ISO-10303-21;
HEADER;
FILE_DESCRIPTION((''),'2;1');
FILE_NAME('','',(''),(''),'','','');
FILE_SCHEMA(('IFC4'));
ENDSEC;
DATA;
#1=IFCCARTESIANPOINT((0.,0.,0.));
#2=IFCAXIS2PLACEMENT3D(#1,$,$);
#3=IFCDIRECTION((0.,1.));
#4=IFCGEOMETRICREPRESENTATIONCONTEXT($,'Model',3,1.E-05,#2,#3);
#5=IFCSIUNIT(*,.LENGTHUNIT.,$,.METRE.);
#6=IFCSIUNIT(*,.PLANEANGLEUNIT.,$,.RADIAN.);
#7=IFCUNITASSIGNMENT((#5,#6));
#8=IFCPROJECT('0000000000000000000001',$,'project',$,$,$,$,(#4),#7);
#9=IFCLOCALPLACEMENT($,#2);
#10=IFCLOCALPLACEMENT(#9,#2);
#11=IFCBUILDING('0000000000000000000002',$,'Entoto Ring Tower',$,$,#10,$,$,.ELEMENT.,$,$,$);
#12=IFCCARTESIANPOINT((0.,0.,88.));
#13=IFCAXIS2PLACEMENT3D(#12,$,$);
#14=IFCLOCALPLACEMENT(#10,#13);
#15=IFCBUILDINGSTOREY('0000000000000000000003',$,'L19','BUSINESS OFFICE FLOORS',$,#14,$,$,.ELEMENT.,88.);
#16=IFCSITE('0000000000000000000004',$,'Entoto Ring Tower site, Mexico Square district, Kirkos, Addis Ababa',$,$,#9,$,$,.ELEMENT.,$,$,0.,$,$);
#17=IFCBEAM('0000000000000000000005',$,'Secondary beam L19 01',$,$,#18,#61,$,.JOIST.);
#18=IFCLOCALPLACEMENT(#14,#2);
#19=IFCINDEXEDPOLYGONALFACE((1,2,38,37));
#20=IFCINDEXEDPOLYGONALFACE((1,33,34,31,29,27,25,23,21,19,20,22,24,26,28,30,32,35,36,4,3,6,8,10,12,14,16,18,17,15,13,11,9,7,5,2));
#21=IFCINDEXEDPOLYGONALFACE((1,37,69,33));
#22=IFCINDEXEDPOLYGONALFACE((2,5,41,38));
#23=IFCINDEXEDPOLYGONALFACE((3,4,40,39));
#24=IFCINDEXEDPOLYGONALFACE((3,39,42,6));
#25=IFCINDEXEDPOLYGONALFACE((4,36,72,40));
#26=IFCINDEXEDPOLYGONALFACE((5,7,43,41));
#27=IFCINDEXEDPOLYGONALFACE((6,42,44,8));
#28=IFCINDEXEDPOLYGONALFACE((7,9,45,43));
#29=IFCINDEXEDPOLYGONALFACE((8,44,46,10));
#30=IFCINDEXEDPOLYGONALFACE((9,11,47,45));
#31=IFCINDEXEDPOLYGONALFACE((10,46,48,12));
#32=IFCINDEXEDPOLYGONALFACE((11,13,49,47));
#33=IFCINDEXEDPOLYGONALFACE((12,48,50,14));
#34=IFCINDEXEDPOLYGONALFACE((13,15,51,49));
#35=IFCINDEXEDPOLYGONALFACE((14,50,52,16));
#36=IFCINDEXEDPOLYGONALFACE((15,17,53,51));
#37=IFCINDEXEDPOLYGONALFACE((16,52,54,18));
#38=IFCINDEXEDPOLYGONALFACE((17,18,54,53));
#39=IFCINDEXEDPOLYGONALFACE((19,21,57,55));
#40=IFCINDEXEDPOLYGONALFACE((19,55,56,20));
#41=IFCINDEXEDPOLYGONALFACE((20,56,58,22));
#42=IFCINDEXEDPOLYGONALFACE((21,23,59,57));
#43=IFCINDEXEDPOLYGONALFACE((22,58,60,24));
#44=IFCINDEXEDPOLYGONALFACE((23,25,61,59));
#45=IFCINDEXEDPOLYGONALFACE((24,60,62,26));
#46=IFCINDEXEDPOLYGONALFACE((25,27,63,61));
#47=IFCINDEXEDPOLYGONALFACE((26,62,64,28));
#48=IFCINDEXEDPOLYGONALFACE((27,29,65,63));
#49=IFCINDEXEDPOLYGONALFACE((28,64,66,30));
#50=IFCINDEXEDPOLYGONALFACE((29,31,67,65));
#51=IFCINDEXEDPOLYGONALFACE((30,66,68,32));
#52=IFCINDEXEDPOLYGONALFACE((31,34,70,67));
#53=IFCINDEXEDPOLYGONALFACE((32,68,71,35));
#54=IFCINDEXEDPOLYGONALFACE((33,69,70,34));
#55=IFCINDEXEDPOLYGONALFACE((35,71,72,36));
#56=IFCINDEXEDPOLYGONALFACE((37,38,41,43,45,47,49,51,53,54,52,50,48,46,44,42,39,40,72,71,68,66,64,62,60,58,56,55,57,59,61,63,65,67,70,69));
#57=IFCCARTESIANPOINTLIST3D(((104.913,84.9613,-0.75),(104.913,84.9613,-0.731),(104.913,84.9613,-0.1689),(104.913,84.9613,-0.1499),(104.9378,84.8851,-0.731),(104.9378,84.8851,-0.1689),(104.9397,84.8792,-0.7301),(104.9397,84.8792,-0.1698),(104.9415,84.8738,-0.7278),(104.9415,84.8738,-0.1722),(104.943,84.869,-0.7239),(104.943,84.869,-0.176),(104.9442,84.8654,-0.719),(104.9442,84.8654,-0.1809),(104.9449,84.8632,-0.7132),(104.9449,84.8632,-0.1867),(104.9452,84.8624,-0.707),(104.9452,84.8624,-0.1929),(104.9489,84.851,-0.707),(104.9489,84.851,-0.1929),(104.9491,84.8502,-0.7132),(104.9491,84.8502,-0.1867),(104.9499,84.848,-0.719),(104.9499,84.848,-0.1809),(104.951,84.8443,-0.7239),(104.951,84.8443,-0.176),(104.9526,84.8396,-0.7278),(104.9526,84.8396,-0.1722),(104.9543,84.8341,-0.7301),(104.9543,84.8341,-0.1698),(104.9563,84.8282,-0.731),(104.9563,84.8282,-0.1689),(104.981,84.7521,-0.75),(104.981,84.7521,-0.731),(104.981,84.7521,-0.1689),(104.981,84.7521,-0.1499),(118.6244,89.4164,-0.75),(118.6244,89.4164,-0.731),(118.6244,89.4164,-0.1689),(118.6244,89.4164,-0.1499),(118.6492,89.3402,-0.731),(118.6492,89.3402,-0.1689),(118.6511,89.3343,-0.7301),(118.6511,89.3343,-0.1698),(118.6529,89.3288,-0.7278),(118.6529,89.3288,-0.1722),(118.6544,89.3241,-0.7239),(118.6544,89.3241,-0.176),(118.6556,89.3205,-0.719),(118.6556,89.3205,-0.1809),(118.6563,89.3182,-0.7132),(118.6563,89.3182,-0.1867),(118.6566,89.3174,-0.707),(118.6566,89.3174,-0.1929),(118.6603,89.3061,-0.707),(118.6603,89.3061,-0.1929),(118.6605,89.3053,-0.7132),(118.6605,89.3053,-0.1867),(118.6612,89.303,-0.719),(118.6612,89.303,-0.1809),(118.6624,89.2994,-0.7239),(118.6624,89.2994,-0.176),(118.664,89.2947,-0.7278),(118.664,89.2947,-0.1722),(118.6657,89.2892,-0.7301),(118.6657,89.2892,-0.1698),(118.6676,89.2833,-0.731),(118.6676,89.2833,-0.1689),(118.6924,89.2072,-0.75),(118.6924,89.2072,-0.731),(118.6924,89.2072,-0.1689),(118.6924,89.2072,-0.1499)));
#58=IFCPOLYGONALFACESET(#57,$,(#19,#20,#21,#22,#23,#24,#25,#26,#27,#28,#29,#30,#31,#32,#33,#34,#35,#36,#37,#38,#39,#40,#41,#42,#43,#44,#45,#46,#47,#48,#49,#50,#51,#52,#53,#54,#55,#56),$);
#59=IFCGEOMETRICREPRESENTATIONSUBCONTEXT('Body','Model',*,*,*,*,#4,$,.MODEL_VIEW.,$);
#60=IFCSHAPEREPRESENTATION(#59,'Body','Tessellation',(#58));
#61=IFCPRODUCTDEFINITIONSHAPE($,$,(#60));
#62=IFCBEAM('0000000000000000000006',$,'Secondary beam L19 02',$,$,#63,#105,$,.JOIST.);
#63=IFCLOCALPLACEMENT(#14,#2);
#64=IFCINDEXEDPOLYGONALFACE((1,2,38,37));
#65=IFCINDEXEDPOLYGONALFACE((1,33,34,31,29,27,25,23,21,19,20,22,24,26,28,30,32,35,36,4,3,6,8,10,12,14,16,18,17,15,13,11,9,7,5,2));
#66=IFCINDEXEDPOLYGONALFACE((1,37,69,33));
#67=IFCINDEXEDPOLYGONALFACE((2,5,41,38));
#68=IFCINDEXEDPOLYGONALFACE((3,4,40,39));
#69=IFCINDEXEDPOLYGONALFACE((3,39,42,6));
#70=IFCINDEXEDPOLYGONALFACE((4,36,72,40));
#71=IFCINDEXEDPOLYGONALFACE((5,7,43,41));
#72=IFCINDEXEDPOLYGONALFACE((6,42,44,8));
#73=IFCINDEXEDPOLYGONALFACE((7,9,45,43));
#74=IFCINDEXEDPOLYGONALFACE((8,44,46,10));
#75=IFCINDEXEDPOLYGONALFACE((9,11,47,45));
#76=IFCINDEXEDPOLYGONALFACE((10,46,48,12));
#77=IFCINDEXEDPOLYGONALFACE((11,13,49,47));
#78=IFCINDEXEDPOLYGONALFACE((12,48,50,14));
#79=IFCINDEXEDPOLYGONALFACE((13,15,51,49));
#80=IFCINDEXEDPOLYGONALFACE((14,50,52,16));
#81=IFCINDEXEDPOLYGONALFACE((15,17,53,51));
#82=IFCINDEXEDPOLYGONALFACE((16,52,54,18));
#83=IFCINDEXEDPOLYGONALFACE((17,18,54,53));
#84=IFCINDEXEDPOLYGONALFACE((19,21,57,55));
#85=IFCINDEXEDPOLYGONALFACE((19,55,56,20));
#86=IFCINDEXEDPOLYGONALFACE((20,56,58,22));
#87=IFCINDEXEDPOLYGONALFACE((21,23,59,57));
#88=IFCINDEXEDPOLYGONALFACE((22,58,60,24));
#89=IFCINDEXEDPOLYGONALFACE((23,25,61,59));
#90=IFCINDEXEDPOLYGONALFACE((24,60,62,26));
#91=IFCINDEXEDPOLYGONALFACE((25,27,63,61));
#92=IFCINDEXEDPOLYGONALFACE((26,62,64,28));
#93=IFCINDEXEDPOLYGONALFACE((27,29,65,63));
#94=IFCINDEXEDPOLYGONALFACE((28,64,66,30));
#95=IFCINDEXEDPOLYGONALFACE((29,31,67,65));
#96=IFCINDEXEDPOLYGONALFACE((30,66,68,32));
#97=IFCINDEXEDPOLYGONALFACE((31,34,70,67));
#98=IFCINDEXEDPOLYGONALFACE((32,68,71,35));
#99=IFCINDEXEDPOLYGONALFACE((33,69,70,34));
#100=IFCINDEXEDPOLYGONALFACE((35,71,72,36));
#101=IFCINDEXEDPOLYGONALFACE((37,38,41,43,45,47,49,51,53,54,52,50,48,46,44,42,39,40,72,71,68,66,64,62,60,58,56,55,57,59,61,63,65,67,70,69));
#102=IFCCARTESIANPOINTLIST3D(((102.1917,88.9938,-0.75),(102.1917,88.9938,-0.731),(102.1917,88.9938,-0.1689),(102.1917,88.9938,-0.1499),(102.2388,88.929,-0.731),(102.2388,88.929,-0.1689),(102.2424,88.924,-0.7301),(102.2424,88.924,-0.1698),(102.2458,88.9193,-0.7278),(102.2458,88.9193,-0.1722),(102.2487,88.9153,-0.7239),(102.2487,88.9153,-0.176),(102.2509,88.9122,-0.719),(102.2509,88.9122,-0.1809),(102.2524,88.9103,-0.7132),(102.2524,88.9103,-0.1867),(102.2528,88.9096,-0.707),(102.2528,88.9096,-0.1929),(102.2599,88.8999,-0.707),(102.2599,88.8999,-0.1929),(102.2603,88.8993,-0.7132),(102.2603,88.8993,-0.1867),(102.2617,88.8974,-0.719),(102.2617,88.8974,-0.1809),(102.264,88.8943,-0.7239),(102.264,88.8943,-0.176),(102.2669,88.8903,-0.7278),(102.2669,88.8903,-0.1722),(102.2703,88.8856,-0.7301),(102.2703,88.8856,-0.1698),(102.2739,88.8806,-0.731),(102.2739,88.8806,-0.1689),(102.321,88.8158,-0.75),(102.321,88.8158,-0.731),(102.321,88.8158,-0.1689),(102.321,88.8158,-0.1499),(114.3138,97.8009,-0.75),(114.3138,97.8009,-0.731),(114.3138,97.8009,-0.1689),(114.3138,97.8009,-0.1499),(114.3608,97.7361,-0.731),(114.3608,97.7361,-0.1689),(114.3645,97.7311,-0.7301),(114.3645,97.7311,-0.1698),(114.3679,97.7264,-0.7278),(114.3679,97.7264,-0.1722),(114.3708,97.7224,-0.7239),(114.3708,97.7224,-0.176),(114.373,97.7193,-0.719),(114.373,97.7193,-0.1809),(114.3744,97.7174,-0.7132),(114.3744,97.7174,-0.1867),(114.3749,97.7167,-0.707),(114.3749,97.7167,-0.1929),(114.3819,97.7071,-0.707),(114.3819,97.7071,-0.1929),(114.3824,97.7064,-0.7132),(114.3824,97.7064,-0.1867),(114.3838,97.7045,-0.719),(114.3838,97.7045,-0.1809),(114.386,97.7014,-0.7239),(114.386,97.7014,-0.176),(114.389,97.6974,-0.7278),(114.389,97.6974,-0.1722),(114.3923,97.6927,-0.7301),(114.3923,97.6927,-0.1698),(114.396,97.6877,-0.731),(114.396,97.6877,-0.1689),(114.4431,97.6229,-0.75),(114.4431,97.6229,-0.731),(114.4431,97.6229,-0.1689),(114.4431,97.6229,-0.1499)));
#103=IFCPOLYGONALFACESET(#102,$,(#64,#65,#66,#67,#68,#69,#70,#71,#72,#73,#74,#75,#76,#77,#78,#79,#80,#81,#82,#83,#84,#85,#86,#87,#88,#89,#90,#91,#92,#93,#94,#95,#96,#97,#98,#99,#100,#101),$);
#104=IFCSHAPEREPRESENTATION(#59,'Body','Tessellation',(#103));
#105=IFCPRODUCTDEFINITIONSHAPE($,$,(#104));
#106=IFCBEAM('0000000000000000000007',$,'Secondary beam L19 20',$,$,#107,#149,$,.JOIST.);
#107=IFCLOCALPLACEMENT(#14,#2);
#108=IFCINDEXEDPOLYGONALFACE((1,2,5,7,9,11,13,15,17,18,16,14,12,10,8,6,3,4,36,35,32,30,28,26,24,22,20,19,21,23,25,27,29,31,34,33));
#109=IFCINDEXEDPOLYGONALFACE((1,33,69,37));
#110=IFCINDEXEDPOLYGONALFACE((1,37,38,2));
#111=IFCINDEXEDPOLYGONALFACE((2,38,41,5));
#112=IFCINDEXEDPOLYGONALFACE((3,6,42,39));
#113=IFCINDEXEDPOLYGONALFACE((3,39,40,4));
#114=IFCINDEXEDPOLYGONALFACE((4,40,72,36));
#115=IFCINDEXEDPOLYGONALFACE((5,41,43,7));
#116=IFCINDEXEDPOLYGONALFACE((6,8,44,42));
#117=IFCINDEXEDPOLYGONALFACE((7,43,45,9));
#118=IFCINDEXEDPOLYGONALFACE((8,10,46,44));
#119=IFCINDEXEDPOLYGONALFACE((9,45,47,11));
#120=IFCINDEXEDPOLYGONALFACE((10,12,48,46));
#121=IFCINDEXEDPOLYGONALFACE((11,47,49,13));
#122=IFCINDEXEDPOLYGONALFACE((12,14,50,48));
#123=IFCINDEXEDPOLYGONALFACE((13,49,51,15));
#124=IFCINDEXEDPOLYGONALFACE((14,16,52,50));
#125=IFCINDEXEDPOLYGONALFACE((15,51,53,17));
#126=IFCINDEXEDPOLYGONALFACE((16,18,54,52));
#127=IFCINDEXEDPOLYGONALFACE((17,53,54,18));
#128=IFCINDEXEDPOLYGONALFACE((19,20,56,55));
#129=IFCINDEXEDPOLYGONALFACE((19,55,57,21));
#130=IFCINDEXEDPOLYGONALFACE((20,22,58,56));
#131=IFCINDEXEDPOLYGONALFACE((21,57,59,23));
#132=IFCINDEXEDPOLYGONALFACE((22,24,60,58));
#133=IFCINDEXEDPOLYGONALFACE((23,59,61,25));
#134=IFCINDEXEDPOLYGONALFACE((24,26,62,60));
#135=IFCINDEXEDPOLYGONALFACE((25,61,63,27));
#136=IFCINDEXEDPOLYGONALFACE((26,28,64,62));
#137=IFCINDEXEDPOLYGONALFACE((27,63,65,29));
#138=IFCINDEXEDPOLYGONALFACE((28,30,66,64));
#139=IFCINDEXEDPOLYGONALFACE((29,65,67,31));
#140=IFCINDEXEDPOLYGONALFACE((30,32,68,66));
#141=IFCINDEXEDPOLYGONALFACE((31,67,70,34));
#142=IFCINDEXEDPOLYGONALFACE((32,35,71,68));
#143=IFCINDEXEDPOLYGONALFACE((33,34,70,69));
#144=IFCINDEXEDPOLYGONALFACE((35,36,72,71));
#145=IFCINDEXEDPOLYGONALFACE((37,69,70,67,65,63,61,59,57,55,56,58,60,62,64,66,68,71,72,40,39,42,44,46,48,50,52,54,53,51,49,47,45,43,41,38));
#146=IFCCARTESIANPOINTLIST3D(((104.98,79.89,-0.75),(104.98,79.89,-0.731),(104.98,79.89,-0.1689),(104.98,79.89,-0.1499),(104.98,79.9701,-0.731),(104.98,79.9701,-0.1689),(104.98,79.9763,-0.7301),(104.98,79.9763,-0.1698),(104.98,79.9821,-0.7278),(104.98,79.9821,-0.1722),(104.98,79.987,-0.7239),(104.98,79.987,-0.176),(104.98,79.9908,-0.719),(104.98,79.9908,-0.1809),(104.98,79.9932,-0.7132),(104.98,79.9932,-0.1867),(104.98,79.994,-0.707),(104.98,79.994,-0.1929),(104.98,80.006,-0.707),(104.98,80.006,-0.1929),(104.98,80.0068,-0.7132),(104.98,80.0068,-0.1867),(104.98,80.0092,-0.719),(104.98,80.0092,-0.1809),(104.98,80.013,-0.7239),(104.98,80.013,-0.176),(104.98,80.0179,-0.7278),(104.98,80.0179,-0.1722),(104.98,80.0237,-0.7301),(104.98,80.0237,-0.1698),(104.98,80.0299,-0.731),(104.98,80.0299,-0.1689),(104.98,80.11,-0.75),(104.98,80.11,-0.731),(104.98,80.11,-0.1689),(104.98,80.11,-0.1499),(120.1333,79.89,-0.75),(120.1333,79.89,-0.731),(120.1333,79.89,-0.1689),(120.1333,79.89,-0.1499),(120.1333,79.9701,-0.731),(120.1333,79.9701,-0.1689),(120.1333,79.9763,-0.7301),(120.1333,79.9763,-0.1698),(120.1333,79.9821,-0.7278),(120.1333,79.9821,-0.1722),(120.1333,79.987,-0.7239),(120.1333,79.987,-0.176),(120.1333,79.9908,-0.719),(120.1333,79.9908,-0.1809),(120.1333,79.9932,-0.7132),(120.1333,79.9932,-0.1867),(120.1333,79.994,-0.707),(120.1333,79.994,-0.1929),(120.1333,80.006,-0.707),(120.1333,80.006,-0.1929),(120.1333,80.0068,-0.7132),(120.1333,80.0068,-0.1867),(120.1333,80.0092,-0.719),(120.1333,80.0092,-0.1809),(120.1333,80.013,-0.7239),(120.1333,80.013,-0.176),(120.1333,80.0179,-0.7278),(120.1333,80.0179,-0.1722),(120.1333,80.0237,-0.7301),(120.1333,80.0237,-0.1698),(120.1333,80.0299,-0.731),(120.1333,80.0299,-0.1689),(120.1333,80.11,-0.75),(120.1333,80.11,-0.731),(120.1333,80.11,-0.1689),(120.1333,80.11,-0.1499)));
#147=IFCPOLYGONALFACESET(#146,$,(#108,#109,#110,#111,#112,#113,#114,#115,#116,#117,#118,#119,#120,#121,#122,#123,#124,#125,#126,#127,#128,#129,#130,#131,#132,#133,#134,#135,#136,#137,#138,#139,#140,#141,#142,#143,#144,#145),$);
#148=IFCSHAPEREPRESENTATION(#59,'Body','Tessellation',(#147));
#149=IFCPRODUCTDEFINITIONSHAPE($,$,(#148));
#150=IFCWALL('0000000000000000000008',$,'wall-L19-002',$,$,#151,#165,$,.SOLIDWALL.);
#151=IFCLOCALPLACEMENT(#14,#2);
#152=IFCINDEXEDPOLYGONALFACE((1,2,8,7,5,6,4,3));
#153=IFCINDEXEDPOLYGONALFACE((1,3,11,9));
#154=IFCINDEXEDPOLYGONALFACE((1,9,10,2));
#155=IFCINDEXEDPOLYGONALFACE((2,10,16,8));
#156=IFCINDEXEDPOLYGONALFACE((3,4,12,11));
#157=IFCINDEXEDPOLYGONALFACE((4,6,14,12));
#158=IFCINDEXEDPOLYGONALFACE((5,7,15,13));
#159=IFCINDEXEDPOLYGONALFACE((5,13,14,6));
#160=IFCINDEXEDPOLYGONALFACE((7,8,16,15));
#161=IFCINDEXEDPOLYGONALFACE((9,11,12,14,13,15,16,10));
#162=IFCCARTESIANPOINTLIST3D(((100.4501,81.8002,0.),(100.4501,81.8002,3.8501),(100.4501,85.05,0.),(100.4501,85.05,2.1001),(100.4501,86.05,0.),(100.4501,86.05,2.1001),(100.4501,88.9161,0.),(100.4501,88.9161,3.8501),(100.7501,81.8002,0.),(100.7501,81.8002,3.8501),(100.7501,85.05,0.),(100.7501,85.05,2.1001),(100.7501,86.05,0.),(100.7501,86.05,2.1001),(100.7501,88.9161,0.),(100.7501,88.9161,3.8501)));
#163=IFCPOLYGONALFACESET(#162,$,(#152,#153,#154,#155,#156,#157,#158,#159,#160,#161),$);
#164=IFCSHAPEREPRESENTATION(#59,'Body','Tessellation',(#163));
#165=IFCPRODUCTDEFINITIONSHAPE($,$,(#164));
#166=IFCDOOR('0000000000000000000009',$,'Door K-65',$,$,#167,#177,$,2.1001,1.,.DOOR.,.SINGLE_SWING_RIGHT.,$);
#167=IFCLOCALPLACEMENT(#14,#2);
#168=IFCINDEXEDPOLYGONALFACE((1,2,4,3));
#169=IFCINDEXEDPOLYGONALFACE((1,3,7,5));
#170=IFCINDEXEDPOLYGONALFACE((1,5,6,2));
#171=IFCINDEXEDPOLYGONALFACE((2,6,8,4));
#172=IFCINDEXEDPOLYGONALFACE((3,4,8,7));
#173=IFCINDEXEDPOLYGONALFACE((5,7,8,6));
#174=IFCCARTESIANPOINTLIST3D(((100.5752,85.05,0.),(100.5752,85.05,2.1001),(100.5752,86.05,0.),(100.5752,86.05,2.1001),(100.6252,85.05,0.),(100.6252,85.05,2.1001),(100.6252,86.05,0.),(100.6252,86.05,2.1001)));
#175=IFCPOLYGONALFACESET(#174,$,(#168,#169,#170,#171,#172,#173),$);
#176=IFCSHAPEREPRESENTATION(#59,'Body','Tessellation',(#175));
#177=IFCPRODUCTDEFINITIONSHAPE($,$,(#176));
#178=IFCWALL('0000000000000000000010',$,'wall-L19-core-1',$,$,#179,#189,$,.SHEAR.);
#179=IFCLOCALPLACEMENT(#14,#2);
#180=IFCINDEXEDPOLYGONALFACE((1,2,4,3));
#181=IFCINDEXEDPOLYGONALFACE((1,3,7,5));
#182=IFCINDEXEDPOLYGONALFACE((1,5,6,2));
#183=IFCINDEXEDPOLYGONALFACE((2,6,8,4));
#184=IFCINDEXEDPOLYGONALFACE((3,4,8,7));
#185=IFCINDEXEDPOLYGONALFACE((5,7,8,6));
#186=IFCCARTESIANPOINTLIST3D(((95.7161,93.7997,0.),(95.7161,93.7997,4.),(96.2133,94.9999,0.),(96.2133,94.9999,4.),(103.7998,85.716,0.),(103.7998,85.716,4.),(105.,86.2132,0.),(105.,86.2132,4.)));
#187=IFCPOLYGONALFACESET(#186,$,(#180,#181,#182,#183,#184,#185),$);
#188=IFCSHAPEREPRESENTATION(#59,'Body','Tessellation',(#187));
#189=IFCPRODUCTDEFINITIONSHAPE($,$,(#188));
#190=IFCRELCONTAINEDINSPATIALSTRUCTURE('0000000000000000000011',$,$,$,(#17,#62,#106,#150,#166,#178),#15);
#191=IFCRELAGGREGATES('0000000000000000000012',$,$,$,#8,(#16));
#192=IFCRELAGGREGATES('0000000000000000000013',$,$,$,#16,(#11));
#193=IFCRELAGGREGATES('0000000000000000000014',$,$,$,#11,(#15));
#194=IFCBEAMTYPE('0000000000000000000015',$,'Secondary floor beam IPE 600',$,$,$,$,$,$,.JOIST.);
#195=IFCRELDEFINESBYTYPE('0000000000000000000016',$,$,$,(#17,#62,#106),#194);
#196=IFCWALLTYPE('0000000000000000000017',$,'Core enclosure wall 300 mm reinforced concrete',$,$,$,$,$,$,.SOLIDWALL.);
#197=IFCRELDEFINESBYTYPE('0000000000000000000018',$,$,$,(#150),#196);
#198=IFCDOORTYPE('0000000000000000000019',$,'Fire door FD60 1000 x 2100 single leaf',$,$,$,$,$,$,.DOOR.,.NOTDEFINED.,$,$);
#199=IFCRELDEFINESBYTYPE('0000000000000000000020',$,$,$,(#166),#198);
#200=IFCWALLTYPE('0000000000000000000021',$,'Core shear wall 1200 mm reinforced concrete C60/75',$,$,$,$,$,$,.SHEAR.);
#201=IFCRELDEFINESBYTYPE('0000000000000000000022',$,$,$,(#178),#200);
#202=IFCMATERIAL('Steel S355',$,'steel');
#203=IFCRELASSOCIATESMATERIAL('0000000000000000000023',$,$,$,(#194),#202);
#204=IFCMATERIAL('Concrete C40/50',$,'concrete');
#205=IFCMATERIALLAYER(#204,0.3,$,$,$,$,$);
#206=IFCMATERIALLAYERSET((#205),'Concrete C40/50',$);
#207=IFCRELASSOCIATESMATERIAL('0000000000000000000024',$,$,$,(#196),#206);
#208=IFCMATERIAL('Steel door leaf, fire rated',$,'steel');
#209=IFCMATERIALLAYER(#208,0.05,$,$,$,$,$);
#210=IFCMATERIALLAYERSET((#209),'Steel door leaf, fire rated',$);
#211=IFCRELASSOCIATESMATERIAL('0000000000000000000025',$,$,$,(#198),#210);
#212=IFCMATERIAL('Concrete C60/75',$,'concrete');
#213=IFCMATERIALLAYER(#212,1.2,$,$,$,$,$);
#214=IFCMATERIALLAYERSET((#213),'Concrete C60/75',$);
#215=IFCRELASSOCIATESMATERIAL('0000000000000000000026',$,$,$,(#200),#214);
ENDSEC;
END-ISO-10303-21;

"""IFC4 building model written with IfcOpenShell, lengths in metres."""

from ifc_helpers import new_model, si_unit, direction, frame, frame_2d, origin, origin_2d, place, context, subcontext, project, spatial, polyline, rectangle, i_section, outline, extrude, material, layer, layer_set, material_profile, profile_set, type_object, element, fill, save


model = new_model("IFC4")

# Units and contexts
model_context = context("Model", 3, precision=1e-05, world=origin(), true_north=direction((0.0, 1.0)))
body_context = subcontext(model_context, "Body", "Model", "MODEL_VIEW")
ifc_project = project(units=[si_unit("LENGTHUNIT", "METRE"), si_unit("PLANEANGLEUNIT", "RADIAN")], contexts=[model_context])

# Site, building, storey
site_placement = place(None, origin())
site = spatial("IfcSite", under=ifc_project, at=site_placement, Name="Entoto Ring Tower site, Mexico Square district, Kirkos, Addis Ababa", CompositionType="ELEMENT", RefElevation=0.0)
building_placement = place(site_placement, origin())
building = spatial("IfcBuilding", under=site, at=building_placement, Name="Entoto Ring Tower", CompositionType="ELEMENT")
storey_placement = place(building_placement, frame((0.0, 0.0, 88.0)))
storey = spatial("IfcBuildingStorey", under=building, at=storey_placement, Name="L19", Description="BUSINESS OFFICE FLOORS", CompositionType="ELEMENT", Elevation=88.0)

# Beams
ifc_material_1 = material(Name="Steel S355", Category="steel")
ifc_material_profile_1 = material_profile(ifc_material_1, i_section(OverallWidth=0.22, OverallDepth=0.6001, WebThickness=0.012, FlangeThickness=0.019, FilletRadius=0.0239, at=origin_2d()), Name="IPE 600")
ifc_profile_set_1 = profile_set([ifc_material_profile_1], Name="Steel S355")
beam_type_1 = type_object("IfcBeamType", Name="Secondary floor beam IPE 600", PredefinedType="JOIST", material=ifc_profile_set_1)
beam_1_placement = place(storey_placement, frame((104.947, 84.8567, -0.45), z_axis=(0.951057, 0.309015, 0.0), x_axis=(-0.309015, 0.951057, 0.0)))
element("IfcBeam", 1, at=beam_1_placement, inside=storey, type_object=beam_type_1, Name="Secondary beam L19 01", PredefinedType="JOIST", context=body_context, shape_type="SweptSolid", body=[
    extrude(i_section(OverallWidth=0.22, OverallDepth=0.6001, WebThickness=0.012, FlangeThickness=0.019, FilletRadius=0.0239, at=origin_2d()), origin(), (0.0, 0.0, 1.0), 14.417),
])
beam_2_placement = place(storey_placement, frame((102.2563, 88.9048, -0.45), z_axis=(0.809019, 0.587782, 0.0), x_axis=(-0.587782, 0.809019, 0.0)))
element("IfcBeam", 2, at=beam_2_placement, inside=storey, type_object=beam_type_1, Name="Secondary beam L19 02", PredefinedType="JOIST", context=body_context, shape_type="SweptSolid", body=[
    extrude(i_section(OverallWidth=0.22, OverallDepth=0.6001, WebThickness=0.012, FlangeThickness=0.019, FilletRadius=0.0239, at=origin_2d()), origin(), (0.0, 0.0, 1.0), 14.9836),
])
beam_3_placement = place(storey_placement, frame((104.98, 80.0, -0.45), z_axis=(1.0, 0.0, 0.0), x_axis=(0.0, 1.0, 0.0)))
element("IfcBeam", 3, at=beam_3_placement, inside=storey, type_object=beam_type_1, Name="Secondary beam L19 20", PredefinedType="JOIST", context=body_context, shape_type="SweptSolid", body=[
    extrude(i_section(OverallWidth=0.22, OverallDepth=0.6001, WebThickness=0.012, FlangeThickness=0.019, FilletRadius=0.0239, at=origin_2d()), origin(), (0.0, 0.0, 1.0), 15.1533),
])

# Wall, opening, door
ifc_material_2 = material(Name="Concrete C40/50", Category="concrete")
ifc_layer_1 = layer(ifc_material_2, 0.3)
ifc_layer_set_1 = layer_set([ifc_layer_1], Name="Concrete C40/50")
wall_type_1 = type_object("IfcWallType", Name="Core enclosure wall 300 mm reinforced concrete", PredefinedType="SOLIDWALL", material=ifc_layer_set_1)
wall_1_placement = place(storey_placement, frame((100.6001, 81.8, 0.0), z_axis=(0.0, 0.0, 1.0), x_axis=(0.0, 1.0, 0.0)))
wall_1 = element("IfcWall", 4, at=wall_1_placement, inside=storey, type_object=wall_type_1, Name="wall-L19-002", PredefinedType="SOLIDWALL", context=body_context, shape_type="SweptSolid", body=[
    extrude(rectangle(XDim=7.116, YDim=0.3, at=frame_2d((3.5581, 0.0))), origin(), (0.0, 0.0, 1.0), 3.8501),
])
opening_1_placement = place(wall_1_placement, frame((3.25, 0.0, 0.0)))
opening_1 = element("IfcOpeningElement", 5, at=opening_1_placement, cuts=wall_1, PredefinedType="OPENING", context=body_context, shape_type="SweptSolid", body=[
    extrude(rectangle(XDim=1.0, YDim=2.1001, at=frame_2d((0.5, 1.05))), frame((0.0, 0.1602, 0.0), z_axis=(0.0, -1.0, 0.0), x_axis=(1.0, 0.0, 0.0)), (0.0, 0.0, 1.0), 0.3201),
])
ifc_material_3 = material(Name="Steel door leaf, fire rated", Category="steel")
ifc_layer_2 = layer(ifc_material_3, 0.05)
ifc_layer_set_2 = layer_set([ifc_layer_2], Name="Steel door leaf, fire rated")
door_type_1 = type_object("IfcDoorType", Name="Fire door FD60 1000 x 2100 single leaf", OperationType="NOTDEFINED", PredefinedType="DOOR", material=ifc_layer_set_2)
door_1_placement = place(opening_1_placement, origin())
door_1 = element("IfcDoor", 6, at=door_1_placement, inside=storey, type_object=door_type_1, Name="Door K-65", OperationType="SINGLE_SWING_RIGHT", OverallHeight=2.1001, OverallWidth=1.0, PredefinedType="DOOR", context=body_context, shape_type="SweptSolid", body=[
    extrude(rectangle(XDim=1.0, YDim=2.1001, at=frame_2d((0.5, 1.05))), frame((0.0, 0.0249, 0.0), z_axis=(0.0, -1.0, 0.0), x_axis=(1.0, 0.0, 0.0)), (0.0, 0.0, 1.0), 0.05),
])
fill(opening_1, door_1)

# Wall
ifc_material_4 = material(Name="Concrete C60/75", Category="concrete")
ifc_layer_3 = layer(ifc_material_4, 1.2)
ifc_layer_set_3 = layer_set([ifc_layer_3], Name="Concrete C60/75")
wall_type_2 = type_object("IfcWallType", Name="Core shear wall 1200 mm reinforced concrete C60/75", PredefinedType="SHEAR", material=ifc_layer_set_3)
wall_2_placement = place(storey_placement, frame((104.3999, 85.9646, 0.0), z_axis=(0.0, 0.0, 1.0), x_axis=(-0.707107, 0.707107, 0.0)))
element("IfcWall", 7, at=wall_2_placement, inside=storey, type_object=wall_type_2, Name="wall-L19-core-1", PredefinedType="SHEAR", context=body_context, shape_type="SweptSolid", body=[
    extrude(outline(polyline([(-0.2485, -0.6001), (12.1777, -0.6001), (11.6807, 0.6001), (0.2485, 0.6001), (-0.2485, -0.6001)])), origin(), (0.0, 0.0, 1.0), 4.0),
])

save(model, "model.ifc")
